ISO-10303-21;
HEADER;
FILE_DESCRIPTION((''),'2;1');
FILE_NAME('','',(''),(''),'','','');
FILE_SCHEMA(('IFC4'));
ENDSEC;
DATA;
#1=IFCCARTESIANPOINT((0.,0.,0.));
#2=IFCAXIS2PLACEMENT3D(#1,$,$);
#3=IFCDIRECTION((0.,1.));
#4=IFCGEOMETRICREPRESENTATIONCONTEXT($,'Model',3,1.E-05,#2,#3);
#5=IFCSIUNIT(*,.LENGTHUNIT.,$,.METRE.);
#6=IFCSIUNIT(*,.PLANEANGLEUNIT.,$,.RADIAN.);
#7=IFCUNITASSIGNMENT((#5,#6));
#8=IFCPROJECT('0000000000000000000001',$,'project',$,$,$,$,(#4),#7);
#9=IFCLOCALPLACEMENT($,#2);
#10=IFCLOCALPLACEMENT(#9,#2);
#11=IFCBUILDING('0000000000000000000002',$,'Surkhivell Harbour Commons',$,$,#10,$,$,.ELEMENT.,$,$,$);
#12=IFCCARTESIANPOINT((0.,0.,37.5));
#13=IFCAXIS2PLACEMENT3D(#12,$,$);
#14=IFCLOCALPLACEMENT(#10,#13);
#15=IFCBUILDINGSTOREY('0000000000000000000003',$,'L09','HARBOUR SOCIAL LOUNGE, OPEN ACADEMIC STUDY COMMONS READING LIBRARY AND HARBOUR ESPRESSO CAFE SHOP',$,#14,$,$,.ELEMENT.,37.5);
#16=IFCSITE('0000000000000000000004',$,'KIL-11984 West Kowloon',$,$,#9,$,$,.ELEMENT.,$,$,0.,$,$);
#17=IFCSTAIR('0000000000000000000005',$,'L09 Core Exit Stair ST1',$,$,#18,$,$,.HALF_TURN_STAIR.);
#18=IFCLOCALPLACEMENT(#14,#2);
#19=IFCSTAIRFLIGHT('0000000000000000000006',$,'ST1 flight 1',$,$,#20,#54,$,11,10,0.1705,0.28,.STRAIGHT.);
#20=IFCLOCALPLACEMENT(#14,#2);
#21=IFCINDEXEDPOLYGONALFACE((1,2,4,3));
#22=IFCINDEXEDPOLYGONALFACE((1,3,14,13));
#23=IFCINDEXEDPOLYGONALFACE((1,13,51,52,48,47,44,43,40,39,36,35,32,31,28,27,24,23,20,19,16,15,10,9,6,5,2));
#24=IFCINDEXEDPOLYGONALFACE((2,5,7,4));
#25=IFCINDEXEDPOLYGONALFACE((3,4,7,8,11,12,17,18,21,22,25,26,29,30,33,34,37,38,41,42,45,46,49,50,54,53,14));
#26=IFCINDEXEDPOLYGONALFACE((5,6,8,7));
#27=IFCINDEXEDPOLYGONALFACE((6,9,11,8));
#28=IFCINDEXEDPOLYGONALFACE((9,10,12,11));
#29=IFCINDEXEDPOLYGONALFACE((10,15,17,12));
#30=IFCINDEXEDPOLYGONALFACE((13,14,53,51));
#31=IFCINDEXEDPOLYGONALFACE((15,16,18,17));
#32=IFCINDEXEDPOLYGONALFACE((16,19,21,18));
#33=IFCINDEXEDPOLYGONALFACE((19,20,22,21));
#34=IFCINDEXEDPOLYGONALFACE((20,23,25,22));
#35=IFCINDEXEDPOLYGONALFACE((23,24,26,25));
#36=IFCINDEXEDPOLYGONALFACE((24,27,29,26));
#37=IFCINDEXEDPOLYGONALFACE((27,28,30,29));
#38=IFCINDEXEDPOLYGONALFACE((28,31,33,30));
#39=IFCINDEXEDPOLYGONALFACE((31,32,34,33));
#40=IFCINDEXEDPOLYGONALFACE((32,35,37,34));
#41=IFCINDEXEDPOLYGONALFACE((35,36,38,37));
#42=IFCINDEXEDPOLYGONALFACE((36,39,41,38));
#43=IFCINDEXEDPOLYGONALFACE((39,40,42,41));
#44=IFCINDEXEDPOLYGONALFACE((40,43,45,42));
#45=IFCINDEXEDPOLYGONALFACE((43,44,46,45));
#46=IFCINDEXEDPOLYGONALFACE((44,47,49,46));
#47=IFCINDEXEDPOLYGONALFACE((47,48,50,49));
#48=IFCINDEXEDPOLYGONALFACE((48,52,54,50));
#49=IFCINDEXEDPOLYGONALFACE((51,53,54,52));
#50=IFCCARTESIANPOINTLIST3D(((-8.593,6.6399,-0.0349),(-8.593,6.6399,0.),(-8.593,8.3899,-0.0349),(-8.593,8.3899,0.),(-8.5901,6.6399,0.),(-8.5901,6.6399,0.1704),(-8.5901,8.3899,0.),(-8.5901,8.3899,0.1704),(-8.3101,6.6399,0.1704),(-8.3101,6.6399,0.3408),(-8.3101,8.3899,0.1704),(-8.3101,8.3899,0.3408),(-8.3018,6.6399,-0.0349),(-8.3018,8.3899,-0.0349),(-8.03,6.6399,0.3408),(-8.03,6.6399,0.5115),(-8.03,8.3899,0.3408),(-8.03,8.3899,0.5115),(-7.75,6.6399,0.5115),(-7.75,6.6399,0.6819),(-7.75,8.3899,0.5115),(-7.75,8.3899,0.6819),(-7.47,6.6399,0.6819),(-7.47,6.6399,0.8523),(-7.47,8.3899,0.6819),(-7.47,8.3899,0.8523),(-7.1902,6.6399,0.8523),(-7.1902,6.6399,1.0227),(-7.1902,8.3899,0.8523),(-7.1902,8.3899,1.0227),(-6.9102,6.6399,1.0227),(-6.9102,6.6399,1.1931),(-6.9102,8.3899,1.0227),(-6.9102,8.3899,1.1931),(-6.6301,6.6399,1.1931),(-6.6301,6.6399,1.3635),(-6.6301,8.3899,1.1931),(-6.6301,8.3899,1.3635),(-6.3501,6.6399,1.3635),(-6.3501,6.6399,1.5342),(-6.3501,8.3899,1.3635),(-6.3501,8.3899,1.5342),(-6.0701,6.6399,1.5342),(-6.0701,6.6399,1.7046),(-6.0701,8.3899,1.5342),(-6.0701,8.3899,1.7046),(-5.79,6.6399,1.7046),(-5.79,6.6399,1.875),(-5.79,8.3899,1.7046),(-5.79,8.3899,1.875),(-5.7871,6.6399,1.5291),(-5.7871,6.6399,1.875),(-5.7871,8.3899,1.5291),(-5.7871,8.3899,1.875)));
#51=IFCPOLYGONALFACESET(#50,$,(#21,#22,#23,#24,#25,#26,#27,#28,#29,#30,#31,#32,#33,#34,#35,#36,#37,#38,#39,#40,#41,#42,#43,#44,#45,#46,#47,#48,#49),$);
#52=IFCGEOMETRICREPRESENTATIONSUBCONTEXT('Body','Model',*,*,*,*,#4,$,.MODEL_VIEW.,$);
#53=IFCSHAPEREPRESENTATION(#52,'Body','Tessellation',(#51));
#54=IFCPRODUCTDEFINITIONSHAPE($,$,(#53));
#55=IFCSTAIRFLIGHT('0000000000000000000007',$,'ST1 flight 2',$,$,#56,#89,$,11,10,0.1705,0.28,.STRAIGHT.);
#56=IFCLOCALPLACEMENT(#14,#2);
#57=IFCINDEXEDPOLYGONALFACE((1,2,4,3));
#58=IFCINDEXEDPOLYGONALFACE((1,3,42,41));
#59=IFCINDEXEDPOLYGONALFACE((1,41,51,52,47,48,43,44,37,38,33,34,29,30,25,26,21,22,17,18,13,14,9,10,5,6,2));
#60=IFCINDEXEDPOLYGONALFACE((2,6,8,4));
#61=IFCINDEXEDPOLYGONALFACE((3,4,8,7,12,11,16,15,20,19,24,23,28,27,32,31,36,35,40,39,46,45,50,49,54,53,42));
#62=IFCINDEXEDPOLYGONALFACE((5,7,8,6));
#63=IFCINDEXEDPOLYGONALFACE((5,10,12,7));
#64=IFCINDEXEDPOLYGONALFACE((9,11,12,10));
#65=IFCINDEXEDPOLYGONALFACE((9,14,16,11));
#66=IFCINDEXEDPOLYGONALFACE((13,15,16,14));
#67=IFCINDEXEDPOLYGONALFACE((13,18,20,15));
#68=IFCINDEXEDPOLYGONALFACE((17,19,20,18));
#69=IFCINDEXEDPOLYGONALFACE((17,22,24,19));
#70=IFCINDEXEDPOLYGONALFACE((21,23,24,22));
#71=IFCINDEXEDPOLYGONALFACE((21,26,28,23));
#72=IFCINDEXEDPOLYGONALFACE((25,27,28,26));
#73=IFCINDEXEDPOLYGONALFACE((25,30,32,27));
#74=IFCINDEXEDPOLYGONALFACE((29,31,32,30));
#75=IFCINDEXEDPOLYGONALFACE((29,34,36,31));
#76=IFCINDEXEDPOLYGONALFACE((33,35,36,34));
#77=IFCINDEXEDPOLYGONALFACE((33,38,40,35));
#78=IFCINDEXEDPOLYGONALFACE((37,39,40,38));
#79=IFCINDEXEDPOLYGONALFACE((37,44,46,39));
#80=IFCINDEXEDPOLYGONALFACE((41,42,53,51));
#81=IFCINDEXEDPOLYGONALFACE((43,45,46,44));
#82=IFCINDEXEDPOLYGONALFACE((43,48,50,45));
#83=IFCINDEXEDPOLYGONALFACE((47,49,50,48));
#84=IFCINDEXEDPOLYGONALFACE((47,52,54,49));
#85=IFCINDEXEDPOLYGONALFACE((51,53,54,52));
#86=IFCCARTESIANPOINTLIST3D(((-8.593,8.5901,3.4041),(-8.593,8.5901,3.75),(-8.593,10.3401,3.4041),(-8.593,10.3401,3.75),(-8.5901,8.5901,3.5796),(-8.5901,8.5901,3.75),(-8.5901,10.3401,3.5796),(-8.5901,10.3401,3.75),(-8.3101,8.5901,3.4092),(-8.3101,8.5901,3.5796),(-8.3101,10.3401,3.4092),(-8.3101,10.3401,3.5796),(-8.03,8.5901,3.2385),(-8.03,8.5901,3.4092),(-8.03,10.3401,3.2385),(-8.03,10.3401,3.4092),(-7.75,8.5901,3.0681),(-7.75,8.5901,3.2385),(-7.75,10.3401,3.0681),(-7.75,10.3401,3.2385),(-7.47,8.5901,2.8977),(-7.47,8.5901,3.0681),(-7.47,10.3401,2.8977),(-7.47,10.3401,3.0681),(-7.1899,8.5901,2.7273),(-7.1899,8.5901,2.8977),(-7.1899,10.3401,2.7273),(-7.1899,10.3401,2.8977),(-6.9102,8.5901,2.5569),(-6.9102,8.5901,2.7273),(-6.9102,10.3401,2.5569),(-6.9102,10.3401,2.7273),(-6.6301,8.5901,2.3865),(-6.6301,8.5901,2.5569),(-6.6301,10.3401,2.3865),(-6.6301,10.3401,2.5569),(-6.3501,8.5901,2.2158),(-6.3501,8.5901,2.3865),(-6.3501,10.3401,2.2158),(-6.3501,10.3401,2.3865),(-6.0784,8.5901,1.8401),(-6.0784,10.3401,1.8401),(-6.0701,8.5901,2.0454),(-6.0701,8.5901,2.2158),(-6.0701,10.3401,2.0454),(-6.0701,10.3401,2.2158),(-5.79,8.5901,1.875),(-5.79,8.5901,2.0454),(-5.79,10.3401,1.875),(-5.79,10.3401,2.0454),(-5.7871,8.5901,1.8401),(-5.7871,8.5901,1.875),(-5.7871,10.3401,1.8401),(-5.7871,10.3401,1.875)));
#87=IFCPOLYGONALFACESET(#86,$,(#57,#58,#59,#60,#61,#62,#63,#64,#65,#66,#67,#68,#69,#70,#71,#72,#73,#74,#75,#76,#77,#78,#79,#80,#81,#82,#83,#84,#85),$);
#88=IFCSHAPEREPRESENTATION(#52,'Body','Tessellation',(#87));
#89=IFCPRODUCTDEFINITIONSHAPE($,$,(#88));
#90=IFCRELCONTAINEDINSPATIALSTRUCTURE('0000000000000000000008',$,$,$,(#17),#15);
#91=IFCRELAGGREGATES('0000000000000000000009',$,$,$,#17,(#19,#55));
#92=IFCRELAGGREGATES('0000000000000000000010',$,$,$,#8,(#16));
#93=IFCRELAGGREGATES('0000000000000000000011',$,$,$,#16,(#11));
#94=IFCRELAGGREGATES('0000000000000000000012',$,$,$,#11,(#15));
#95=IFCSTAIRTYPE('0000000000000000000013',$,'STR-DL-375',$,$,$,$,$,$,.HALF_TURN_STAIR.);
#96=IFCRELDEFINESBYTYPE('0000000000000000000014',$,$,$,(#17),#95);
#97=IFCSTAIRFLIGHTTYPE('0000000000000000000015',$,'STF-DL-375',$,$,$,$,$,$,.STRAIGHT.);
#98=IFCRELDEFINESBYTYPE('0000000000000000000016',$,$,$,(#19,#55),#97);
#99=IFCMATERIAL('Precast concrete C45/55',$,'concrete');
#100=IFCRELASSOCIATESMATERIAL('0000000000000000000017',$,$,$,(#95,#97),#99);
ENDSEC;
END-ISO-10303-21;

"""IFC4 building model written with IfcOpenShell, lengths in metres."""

from ifc_helpers import new_model, si_unit, direction, frame, origin, place, context, subcontext, project, spatial, polyline, outline, extrude, material, type_object, element, aggregate, save


model = new_model("IFC4")

# Units and contexts
model_context = context("Model", 3, precision=1e-05, world=origin(), true_north=direction((0.0, 1.0)))
body_context = subcontext(model_context, "Body", "Model", "MODEL_VIEW")
ifc_project = project(units=[si_unit("LENGTHUNIT", "METRE"), si_unit("PLANEANGLEUNIT", "RADIAN")], contexts=[model_context])

# Site, building, storey
site_placement = place(None, origin())
site = spatial("IfcSite", under=ifc_project, at=site_placement, Name="KIL-11984 West Kowloon", CompositionType="ELEMENT", RefElevation=0.0)
building_placement = place(site_placement, origin())
building = spatial("IfcBuilding", under=site, at=building_placement, Name="Surkhivell Harbour Commons", CompositionType="ELEMENT")
storey_placement = place(building_placement, frame((0.0, 0.0, 37.5)))
storey = spatial("IfcBuildingStorey", under=building, at=storey_placement, Name="L09", Description="HARBOUR SOCIAL LOUNGE, OPEN ACADEMIC STUDY COMMONS READING LIBRARY AND HARBOUR ESPRESSO CAFE SHOP", CompositionType="ELEMENT", Elevation=37.5)

# Stair, stair flights
ifc_material_1 = material(Name="Precast concrete C45/55", Category="concrete")
stair_type = type_object("IfcStairType", Name="STR-DL-375", PredefinedType="HALF_TURN_STAIR", material=ifc_material_1)
stair_placement = place(storey_placement, origin())
stair = element("IfcStair", 1, at=stair_placement, inside=storey, type_object=stair_type, Name="L09 Core Exit Stair ST1", PredefinedType="HALF_TURN_STAIR")
stair_flight_type = type_object("IfcStairFlightType", Name="STF-DL-375", PredefinedType="STRAIGHT", material=ifc_material_1)
stair_flight_1_placement = place(storey_placement, frame((-8.5901, 7.5149, 0.0), z_axis=(0.0, 0.0, 1.0), x_axis=(1.0, 0.0, 0.0)))
stair_flight_1 = element("IfcStairFlight", 2, at=stair_flight_1_placement, type_object=stair_flight_type, Name="ST1 flight 1", NumberOfRisers=11, NumberOfTreads=10, PredefinedType="STRAIGHT", RiserHeight=0.1705, TreadLength=0.28, context=body_context, shape_type="SweptSolid", body=[
    extrude(outline(polyline([(-0.0029, -0.0349), (-0.0029, 0.0), (0.0, 0.0), (0.0, 0.1704), (0.28, 0.1704), (0.28, 0.3408), (0.5601, 0.3408), (0.5601, 0.5115), (0.8401, 0.5115), (0.8401, 0.6819), (1.1201, 0.6819), (1.1201, 0.8523), (1.3999, 0.8523), (1.3999, 1.0227), (1.6799, 1.0227), (1.6799, 1.1931), (1.96, 1.1931), (1.96, 1.3635), (2.24, 1.3635), (2.24, 1.5342), (2.52, 1.5342), (2.52, 1.7046), (2.8, 1.7046), (2.8, 1.875), (2.803, 1.875), (2.803, 1.5291), (0.2883, -0.0349), (-0.0029, -0.0349)])), frame((0.0, 0.875, 0.0), z_axis=(0.0, -1.0, 0.0), x_axis=(1.0, 0.0, 0.0)), (0.0, 0.0, 1.0), 1.75),
])
stair_flight_2_placement = place(storey_placement, frame((-5.79, 9.4651, 1.875), z_axis=(0.0, 0.0, 1.0), x_axis=(-1.0, 0.0, 0.0)))
stair_flight_2 = element("IfcStairFlight", 3, at=stair_flight_2_placement, type_object=stair_flight_type, Name="ST1 flight 2", NumberOfRisers=11, NumberOfTreads=10, PredefinedType="STRAIGHT", RiserHeight=0.1705, TreadLength=0.28, context=body_context, shape_type="SweptSolid", body=[
    extrude(outline(polyline([(-0.0029, -0.0349), (-0.0029, 0.0), (0.0, 0.0), (0.0, 0.1704), (0.28, 0.1704), (0.28, 0.3408), (0.5601, 0.3408), (0.5601, 0.5115), (0.8401, 0.5115), (0.8401, 0.6819), (1.1201, 0.6819), (1.1201, 0.8523), (1.3999, 0.8523), (1.3999, 1.0227), (1.6799, 1.0227), (1.6799, 1.1931), (1.96, 1.1931), (1.96, 1.3635), (2.24, 1.3635), (2.24, 1.5342), (2.52, 1.5342), (2.52, 1.7046), (2.8, 1.7046), (2.8, 1.875), (2.803, 1.875), (2.803, 1.5291), (0.2883, -0.0349), (-0.0029, -0.0349)])), frame((0.0, 0.875, 0.0), z_axis=(0.0, -1.0, 0.0), x_axis=(1.0, 0.0, 0.0)), (0.0, 0.0, 1.0), 1.75),
])
aggregate(stair, [stair_flight_1, stair_flight_2])

save(model, "model.ifc")
